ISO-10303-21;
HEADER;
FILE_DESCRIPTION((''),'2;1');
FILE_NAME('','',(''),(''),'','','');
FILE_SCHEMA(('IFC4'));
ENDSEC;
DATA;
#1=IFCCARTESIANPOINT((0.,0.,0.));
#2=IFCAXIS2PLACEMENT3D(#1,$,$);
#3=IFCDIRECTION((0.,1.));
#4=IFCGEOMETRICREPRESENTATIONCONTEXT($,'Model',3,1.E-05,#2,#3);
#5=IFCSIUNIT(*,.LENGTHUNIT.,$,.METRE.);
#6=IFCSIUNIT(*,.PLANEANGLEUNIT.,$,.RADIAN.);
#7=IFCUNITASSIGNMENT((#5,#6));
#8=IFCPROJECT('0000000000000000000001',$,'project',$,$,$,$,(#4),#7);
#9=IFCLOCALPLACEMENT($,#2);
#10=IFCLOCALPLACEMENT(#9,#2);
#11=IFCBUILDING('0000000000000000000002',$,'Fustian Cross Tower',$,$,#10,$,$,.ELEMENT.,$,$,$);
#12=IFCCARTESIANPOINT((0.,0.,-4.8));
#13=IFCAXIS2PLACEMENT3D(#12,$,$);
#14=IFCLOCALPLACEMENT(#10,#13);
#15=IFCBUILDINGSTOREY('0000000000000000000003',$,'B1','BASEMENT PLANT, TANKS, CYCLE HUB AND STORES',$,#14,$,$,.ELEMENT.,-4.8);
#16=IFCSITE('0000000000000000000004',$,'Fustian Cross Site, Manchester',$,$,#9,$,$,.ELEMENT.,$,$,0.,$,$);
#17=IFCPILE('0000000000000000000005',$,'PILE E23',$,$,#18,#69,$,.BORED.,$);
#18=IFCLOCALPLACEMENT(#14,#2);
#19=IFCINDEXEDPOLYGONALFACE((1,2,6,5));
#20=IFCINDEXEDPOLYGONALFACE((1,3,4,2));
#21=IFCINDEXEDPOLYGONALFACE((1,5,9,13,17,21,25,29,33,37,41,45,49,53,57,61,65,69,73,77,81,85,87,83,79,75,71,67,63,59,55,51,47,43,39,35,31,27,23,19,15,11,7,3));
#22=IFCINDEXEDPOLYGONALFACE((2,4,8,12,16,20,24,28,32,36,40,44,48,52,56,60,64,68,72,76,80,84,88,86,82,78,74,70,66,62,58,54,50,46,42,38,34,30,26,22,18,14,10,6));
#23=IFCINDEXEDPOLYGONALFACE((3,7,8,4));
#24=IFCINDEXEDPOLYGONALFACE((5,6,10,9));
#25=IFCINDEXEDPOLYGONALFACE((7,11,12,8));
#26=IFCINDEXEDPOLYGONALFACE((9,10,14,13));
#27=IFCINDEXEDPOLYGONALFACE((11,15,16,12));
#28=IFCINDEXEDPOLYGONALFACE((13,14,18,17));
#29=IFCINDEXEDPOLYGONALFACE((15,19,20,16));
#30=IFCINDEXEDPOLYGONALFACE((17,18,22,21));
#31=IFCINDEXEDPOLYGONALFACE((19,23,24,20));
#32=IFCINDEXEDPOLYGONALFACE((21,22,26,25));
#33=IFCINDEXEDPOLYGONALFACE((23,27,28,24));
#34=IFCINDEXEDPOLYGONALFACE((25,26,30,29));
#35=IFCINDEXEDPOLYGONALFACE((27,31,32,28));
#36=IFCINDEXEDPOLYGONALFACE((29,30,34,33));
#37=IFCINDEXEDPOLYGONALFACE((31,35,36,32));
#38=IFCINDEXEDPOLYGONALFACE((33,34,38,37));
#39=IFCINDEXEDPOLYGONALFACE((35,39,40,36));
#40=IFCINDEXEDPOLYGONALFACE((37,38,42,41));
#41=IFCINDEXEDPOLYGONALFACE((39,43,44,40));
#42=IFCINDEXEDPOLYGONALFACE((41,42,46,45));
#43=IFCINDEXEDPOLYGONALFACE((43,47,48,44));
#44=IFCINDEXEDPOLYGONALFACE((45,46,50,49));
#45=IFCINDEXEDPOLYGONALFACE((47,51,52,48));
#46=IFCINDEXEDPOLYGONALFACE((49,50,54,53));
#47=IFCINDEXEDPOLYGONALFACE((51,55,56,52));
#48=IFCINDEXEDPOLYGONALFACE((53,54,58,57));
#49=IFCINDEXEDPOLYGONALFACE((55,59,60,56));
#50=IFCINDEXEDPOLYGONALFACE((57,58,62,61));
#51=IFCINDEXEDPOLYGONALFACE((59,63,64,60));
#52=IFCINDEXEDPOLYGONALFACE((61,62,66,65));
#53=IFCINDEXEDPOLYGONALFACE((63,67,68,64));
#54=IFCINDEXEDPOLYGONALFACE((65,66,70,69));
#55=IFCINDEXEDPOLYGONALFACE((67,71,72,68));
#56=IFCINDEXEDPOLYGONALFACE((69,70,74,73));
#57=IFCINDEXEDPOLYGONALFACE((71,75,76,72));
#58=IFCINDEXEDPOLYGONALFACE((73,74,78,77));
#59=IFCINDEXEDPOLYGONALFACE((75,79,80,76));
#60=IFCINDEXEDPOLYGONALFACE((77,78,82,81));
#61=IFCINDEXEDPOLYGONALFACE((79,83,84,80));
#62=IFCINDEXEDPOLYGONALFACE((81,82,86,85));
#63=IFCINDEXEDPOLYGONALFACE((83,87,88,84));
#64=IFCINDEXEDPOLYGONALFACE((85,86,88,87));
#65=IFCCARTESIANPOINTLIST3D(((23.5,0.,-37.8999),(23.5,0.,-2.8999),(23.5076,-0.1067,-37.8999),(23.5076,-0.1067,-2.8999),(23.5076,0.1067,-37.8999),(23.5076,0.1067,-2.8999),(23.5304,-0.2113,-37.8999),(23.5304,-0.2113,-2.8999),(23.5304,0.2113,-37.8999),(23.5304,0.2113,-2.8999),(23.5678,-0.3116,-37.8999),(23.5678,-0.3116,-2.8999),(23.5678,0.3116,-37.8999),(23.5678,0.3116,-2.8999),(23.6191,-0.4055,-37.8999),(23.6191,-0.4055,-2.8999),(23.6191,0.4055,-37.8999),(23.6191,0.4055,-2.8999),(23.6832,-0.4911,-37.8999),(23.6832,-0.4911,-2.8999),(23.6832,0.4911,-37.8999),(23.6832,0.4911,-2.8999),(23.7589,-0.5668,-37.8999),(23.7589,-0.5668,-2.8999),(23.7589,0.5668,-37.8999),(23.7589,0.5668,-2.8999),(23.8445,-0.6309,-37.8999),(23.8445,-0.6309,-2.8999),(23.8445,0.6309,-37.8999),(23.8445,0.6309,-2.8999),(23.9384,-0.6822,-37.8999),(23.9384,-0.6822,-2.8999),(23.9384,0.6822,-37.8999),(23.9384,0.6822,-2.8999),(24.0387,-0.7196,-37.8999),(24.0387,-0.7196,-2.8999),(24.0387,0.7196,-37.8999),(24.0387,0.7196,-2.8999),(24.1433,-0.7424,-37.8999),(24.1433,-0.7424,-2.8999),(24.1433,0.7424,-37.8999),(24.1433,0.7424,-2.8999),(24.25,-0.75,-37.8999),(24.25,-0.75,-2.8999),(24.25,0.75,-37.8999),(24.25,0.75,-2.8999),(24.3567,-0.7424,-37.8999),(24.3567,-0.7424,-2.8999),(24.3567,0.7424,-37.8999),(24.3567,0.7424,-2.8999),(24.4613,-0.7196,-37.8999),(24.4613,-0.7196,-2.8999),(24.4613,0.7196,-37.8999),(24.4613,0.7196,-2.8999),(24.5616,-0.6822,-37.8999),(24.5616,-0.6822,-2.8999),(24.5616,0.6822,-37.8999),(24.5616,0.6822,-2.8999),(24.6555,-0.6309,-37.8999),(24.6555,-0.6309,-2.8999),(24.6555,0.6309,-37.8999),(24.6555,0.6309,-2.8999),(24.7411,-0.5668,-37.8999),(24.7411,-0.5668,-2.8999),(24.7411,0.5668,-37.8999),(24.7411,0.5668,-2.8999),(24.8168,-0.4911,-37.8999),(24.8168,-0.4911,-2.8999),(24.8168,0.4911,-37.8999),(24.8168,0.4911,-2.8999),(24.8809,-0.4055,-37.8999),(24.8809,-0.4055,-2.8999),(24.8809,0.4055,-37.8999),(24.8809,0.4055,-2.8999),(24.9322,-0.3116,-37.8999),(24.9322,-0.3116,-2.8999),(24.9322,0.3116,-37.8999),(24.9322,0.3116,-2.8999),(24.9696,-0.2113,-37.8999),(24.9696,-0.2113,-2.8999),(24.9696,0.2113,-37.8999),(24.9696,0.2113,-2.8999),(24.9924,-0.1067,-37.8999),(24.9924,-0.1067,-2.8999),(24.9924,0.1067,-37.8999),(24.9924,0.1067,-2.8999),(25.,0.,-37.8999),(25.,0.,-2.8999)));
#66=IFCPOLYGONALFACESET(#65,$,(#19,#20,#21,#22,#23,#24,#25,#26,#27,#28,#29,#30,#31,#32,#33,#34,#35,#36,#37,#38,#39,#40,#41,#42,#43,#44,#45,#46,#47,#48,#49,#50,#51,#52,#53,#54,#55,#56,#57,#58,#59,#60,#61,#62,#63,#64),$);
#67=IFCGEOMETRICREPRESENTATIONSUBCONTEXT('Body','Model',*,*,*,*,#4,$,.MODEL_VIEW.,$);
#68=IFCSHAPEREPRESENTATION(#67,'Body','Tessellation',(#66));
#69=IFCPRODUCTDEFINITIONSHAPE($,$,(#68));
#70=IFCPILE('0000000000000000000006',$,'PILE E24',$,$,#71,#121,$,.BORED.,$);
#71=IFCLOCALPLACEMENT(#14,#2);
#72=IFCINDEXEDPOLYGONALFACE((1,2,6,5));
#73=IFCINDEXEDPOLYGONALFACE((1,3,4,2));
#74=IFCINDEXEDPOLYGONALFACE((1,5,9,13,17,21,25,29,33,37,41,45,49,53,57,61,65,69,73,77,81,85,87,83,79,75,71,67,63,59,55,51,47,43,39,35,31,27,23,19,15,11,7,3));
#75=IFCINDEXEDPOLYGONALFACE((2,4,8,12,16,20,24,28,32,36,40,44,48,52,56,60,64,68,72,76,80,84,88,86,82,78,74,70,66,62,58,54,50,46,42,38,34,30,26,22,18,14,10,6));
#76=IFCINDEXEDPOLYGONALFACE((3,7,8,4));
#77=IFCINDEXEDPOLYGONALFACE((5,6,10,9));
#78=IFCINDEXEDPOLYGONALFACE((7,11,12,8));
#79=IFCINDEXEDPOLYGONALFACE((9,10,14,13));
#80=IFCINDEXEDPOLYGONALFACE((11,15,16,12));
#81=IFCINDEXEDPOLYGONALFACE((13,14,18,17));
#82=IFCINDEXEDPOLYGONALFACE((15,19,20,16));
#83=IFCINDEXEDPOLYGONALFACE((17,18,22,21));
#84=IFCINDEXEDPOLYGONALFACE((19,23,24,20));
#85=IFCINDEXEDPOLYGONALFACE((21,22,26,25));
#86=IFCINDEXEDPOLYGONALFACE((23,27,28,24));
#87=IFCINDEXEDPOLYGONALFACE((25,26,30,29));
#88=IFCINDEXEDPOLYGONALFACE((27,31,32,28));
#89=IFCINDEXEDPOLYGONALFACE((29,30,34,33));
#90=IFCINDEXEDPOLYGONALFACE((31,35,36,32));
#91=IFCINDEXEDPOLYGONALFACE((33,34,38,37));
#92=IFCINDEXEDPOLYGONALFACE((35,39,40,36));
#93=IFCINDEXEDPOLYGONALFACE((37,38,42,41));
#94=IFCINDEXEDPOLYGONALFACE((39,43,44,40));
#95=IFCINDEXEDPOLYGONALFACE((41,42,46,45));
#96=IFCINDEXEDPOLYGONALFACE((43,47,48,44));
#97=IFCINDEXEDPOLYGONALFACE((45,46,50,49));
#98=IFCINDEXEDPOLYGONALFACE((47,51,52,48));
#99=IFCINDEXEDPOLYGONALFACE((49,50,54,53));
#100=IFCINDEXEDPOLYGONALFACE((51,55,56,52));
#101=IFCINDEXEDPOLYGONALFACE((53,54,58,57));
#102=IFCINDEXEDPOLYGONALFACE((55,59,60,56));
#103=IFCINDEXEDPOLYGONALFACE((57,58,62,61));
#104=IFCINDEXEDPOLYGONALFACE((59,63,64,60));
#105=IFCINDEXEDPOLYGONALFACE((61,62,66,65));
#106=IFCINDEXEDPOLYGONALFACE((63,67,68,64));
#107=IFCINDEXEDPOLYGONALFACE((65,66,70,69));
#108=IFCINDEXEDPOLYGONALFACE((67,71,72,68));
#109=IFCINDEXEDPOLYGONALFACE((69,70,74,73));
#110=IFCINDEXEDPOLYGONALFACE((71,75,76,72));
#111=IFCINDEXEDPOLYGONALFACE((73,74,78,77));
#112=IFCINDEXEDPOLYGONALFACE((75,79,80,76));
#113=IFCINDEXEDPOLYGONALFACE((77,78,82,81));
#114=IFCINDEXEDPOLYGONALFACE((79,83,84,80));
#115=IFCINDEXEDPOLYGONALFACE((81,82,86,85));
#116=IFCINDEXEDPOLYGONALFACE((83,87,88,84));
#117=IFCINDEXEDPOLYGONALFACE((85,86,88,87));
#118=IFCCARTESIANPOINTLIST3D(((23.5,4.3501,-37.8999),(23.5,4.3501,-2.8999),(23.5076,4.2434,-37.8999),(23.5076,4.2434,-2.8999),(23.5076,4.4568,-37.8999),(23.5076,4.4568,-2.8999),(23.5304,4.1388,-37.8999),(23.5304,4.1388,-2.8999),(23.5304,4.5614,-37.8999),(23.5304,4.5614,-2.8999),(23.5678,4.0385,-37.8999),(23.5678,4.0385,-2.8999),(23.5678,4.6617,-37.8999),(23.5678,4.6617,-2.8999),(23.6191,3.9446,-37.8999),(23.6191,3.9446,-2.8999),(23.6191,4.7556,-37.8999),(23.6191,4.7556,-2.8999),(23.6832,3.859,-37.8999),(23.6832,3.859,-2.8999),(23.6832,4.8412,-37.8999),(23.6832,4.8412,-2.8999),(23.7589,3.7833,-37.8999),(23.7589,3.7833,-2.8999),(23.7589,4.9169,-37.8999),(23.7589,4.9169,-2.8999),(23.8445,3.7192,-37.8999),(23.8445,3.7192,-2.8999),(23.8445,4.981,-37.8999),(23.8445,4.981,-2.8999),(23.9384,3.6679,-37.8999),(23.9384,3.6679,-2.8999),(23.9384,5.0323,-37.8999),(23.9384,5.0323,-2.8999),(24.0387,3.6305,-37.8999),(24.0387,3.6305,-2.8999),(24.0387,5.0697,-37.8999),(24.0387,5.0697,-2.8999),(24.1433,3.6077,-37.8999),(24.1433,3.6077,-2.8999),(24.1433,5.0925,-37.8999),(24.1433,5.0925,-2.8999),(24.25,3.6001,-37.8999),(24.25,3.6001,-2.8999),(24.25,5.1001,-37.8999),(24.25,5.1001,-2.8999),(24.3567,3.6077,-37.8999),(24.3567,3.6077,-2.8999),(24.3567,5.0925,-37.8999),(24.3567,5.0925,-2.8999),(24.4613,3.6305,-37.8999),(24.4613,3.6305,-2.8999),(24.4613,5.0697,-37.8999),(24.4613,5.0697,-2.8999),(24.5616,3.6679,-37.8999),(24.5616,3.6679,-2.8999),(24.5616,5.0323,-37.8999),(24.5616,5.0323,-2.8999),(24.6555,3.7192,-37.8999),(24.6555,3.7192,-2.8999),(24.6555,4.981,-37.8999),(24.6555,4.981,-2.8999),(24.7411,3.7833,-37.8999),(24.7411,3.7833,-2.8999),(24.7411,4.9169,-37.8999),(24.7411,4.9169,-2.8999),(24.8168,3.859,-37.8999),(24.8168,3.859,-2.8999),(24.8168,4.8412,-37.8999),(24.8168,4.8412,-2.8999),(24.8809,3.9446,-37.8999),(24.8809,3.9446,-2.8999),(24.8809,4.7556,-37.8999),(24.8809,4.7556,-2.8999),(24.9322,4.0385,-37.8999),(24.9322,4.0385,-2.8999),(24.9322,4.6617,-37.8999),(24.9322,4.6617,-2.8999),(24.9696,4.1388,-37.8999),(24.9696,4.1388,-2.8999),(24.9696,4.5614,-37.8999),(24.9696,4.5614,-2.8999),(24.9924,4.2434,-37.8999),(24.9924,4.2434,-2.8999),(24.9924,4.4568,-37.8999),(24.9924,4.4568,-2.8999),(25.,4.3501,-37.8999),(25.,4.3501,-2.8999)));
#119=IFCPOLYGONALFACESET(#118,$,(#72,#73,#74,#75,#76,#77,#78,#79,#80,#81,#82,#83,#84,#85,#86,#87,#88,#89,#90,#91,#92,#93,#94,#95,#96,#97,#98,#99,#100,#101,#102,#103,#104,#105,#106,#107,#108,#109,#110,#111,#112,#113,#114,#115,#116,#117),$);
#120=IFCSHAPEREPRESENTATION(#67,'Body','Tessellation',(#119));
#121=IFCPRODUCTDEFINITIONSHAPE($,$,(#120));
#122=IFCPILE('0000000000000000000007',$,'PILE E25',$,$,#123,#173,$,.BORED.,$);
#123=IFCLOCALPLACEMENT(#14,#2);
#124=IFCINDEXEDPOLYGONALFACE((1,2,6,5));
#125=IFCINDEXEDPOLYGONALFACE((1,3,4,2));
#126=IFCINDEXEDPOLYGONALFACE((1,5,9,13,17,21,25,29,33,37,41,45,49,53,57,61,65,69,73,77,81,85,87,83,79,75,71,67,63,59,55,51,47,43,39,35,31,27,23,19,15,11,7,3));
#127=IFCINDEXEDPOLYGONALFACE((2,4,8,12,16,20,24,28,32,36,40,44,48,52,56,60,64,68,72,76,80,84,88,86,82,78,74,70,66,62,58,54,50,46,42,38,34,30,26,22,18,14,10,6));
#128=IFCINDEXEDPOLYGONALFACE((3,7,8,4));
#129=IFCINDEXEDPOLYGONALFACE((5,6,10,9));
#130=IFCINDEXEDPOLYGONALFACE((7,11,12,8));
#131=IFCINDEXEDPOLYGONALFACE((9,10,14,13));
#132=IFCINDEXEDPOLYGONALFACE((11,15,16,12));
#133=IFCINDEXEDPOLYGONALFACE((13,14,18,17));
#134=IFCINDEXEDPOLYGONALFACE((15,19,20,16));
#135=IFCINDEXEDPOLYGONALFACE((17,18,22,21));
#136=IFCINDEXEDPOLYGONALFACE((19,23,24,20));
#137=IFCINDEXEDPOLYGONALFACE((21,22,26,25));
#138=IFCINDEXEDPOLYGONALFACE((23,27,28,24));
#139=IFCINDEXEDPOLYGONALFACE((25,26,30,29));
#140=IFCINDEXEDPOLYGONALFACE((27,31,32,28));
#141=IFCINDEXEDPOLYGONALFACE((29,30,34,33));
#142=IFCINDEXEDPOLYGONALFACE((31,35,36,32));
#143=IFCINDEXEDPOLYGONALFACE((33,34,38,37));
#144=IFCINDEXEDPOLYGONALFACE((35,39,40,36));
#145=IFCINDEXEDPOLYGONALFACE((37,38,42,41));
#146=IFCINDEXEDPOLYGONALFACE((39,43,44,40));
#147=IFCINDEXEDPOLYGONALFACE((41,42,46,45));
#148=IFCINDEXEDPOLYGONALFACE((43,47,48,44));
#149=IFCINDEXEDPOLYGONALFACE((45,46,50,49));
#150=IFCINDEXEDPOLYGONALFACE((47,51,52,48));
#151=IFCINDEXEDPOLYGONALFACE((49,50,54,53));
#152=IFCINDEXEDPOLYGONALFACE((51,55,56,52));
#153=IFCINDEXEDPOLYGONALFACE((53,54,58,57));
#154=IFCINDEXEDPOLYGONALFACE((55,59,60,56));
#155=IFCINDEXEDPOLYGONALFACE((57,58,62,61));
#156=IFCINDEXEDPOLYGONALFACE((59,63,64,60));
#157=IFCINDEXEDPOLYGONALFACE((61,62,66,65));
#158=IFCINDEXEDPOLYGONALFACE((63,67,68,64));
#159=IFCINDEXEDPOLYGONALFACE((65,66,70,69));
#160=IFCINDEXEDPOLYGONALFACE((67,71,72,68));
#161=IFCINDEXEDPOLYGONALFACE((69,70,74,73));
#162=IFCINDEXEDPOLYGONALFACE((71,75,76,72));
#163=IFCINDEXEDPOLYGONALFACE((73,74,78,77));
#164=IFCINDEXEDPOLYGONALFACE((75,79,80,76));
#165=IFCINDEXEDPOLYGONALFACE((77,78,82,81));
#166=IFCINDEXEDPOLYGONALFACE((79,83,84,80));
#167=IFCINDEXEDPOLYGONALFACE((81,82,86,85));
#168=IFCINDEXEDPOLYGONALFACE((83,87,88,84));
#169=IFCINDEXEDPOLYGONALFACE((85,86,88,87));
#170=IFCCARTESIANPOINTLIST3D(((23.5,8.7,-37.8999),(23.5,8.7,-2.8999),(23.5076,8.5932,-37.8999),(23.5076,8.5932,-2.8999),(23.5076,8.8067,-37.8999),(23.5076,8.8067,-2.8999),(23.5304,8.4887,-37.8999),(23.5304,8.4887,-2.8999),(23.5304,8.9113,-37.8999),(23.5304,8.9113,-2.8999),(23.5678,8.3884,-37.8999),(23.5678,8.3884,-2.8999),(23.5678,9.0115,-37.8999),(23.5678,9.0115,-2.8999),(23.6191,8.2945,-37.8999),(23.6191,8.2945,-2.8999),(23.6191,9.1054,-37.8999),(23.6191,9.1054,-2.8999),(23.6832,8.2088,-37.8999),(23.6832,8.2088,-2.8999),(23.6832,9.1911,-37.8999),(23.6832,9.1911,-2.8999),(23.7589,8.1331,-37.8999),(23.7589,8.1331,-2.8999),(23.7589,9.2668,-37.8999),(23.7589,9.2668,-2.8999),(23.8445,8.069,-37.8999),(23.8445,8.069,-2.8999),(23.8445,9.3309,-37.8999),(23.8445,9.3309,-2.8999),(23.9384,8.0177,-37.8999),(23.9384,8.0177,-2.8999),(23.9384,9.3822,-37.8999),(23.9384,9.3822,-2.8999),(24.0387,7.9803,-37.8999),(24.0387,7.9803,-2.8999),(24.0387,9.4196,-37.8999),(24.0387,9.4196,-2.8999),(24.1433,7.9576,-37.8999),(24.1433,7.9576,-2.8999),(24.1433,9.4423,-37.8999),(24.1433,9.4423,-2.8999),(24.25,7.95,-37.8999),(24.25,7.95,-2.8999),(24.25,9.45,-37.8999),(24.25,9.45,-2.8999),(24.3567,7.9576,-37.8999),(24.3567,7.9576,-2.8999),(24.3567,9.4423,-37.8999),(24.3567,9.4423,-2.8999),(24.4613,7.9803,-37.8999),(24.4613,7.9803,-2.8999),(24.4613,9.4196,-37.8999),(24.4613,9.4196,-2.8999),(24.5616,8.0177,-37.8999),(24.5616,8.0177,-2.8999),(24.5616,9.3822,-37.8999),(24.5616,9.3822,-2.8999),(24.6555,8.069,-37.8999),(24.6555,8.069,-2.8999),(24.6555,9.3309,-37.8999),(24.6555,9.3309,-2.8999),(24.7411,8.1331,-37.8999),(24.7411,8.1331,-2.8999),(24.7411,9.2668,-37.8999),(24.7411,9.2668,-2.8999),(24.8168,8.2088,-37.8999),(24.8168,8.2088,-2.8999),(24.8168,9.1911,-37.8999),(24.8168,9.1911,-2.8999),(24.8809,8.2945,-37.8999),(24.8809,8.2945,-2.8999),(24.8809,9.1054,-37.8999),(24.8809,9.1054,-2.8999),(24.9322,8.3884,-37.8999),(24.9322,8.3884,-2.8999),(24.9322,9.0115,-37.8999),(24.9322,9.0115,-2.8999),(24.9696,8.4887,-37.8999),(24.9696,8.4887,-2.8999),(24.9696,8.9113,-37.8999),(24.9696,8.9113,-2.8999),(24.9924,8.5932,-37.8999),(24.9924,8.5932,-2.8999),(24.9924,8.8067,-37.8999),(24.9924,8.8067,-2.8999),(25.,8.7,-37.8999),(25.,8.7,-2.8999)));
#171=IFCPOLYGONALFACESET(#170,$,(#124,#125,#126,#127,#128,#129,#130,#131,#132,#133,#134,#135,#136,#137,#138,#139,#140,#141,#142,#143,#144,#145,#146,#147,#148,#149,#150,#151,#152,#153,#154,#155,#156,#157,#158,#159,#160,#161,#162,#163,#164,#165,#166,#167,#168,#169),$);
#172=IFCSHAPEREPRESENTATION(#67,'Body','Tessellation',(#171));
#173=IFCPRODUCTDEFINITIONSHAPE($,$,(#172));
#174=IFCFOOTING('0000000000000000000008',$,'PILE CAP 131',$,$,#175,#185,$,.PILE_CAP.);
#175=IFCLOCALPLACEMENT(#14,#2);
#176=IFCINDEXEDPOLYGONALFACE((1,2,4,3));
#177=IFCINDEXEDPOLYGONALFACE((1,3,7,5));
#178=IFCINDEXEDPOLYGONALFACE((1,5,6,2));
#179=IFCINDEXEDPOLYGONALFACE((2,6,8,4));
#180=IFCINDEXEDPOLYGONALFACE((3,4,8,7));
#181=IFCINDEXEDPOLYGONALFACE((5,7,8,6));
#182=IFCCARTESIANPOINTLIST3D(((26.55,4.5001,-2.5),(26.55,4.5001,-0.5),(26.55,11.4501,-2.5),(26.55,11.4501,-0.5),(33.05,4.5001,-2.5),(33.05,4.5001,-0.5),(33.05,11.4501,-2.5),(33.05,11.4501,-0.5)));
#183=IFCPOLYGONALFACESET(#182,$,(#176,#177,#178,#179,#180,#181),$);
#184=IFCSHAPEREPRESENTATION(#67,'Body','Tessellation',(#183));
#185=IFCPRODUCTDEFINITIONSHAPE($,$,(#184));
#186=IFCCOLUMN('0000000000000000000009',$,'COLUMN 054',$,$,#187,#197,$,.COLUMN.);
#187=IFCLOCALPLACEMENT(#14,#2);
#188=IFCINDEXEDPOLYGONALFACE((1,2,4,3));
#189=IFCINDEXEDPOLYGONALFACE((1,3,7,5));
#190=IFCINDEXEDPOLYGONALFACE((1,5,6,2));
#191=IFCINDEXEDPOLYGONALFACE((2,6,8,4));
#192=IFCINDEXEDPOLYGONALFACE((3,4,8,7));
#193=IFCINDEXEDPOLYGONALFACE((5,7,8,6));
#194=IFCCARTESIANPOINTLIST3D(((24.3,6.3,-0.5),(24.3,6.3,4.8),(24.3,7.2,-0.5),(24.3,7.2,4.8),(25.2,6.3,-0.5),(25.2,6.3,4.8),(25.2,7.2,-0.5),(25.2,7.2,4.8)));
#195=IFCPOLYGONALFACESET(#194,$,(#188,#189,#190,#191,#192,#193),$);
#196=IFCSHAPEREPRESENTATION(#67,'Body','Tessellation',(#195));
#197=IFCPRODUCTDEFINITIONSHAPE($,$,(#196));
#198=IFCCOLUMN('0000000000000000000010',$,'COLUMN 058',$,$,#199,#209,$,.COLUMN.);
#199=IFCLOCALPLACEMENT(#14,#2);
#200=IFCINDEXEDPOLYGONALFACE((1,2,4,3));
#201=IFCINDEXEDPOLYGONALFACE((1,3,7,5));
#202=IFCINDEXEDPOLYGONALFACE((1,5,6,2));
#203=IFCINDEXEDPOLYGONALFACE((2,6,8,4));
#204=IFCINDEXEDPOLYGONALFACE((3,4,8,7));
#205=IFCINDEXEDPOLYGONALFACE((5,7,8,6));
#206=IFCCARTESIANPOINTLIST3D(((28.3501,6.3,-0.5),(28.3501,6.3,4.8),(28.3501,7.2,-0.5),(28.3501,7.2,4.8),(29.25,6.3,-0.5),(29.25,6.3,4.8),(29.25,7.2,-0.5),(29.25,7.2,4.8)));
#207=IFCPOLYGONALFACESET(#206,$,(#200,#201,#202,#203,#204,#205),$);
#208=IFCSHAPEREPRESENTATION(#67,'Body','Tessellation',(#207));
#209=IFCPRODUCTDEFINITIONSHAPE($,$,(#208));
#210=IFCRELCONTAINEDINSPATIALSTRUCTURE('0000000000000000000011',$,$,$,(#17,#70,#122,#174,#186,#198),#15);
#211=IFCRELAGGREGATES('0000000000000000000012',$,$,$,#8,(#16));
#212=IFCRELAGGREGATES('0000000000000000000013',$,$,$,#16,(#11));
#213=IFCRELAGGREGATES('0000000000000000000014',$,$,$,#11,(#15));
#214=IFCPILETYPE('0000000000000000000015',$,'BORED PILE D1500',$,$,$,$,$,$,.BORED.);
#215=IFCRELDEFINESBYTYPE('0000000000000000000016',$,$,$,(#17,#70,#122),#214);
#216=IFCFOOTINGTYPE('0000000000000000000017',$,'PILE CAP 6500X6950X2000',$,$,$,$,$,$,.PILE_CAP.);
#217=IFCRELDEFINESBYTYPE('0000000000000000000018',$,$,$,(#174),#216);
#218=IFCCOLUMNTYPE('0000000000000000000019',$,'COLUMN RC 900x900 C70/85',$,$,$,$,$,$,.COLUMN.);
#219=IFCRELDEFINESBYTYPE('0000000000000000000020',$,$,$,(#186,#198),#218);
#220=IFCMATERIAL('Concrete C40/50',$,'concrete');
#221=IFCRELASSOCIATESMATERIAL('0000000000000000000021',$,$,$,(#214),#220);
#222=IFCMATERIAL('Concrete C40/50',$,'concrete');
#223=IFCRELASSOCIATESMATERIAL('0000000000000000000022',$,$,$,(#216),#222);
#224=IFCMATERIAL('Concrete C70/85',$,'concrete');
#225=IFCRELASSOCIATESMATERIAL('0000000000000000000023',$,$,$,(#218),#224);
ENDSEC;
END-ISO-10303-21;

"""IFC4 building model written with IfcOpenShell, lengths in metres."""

from ifc_helpers import new_model, si_unit, direction, frame, origin, origin_2d, place, context, subcontext, project, spatial, rectangle, circle, extrude, material, material_profile, profile_set, type_object, element, save


model = new_model("IFC4")

# Units and contexts
model_context = context("Model", 3, precision=1e-05, world=origin(), true_north=direction((0.0, 1.0)))
body_context = subcontext(model_context, "Body", "Model", "MODEL_VIEW")
ifc_project = project(units=[si_unit("LENGTHUNIT", "METRE"), si_unit("PLANEANGLEUNIT", "RADIAN")], contexts=[model_context])

# Site, building, storey
site_placement = place(None, origin())
site = spatial("IfcSite", under=ifc_project, at=site_placement, Name="Fustian Cross Site, Manchester", CompositionType="ELEMENT", RefElevation=0.0)
building_placement = place(site_placement, origin())
building = spatial("IfcBuilding", under=site, at=building_placement, Name="Fustian Cross Tower", CompositionType="ELEMENT")
storey_placement = place(building_placement, frame((0.0, 0.0, -4.8)))
storey = spatial("IfcBuildingStorey", under=building, at=storey_placement, Name="B1", Description="BASEMENT PLANT, TANKS, CYCLE HUB AND STORES", CompositionType="ELEMENT", Elevation=-4.8)

# Piles
ifc_material_1 = material(Name="Concrete C40/50", Category="concrete")
ifc_material_profile_1 = material_profile(ifc_material_1, circle(Radius=0.75, at=origin_2d()), Name="BORED PILE D1500")
ifc_profile_set_1 = profile_set([ifc_material_profile_1], Name="Concrete C40/50")
pile_type_1 = type_object("IfcPileType", Name="BORED PILE D1500", PredefinedType="BORED", material=ifc_profile_set_1)
for number, where, z_axis, x_axis, name in (
    (1, (24.25, 0.0, -2.8999), (0.0, 0.0, -1.0), (1.0, 0.0, 0.0), "PILE E23"),
    (2, (24.25, 4.3501, -2.8999), (0.0, 0.0, -1.0), (1.0, 0.0, 0.0), "PILE E24"),
    (3, (24.25, 8.7, -2.8999), (0.0, 0.0, -1.0), (1.0, 0.0, 0.0), "PILE E25"),
):
    element("IfcPile", number, at=place(storey_placement, frame(where, z_axis=z_axis, x_axis=x_axis)), inside=storey, type_object=pile_type_1, Name=name, PredefinedType="BORED", context=body_context, shape_type="SweptSolid", body=[
        extrude(circle(Radius=0.75, at=origin_2d()), origin(), (0.0, 0.0, 1.0), 35.0),
    ])

# Footing
ifc_material_2 = material(Name="Concrete C40/50", Category="concrete")
footing_type = type_object("IfcFootingType", Name="PILE CAP 6500X6950X2000", PredefinedType="PILE_CAP", material=ifc_material_2)
footing_placement = place(storey_placement, frame((29.8, 7.9751, -2.5), z_axis=(0.0, 0.0, 1.0), x_axis=(1.0, 0.0, 0.0)))
element("IfcFooting", 4, at=footing_placement, inside=storey, type_object=footing_type, Name="PILE CAP 131", PredefinedType="PILE_CAP", context=body_context, shape_type="SweptSolid", body=[
    extrude(rectangle(XDim=6.5, YDim=6.95, at=origin_2d()), origin(), (0.0, 0.0, 1.0), 2.0),
])

# Columns
ifc_material_3 = material(Name="Concrete C70/85", Category="concrete")
ifc_material_profile_2 = material_profile(ifc_material_3, rectangle(XDim=0.8999, YDim=0.8999, at=origin_2d()), Name="RC 900x900")
ifc_profile_set_2 = profile_set([ifc_material_profile_2], Name="Concrete C70/85")
column_type = type_object("IfcColumnType", Name="COLUMN RC 900x900 C70/85", PredefinedType="COLUMN", material=ifc_profile_set_2)
for number, where, z_axis, x_axis, name in (
    (5, (24.75, 6.75, -0.5), (0.0, 0.0, 1.0), (1.0, 0.0, 0.0), "COLUMN 054"),
    (6, (28.8, 6.75, -0.5), (0.0, 0.0, 1.0), (1.0, 0.0, 0.0), "COLUMN 058"),
):
    element("IfcColumn", number, at=place(storey_placement, frame(where, z_axis=z_axis, x_axis=x_axis)), inside=storey, type_object=column_type, Name=name, PredefinedType="COLUMN", context=body_context, shape_type="SweptSolid", body=[
        extrude(rectangle(XDim=0.8999, YDim=0.8999, at=origin_2d()), origin(), (0.0, 0.0, 1.0), 5.3),
    ])

save(model, "model.ifc")
